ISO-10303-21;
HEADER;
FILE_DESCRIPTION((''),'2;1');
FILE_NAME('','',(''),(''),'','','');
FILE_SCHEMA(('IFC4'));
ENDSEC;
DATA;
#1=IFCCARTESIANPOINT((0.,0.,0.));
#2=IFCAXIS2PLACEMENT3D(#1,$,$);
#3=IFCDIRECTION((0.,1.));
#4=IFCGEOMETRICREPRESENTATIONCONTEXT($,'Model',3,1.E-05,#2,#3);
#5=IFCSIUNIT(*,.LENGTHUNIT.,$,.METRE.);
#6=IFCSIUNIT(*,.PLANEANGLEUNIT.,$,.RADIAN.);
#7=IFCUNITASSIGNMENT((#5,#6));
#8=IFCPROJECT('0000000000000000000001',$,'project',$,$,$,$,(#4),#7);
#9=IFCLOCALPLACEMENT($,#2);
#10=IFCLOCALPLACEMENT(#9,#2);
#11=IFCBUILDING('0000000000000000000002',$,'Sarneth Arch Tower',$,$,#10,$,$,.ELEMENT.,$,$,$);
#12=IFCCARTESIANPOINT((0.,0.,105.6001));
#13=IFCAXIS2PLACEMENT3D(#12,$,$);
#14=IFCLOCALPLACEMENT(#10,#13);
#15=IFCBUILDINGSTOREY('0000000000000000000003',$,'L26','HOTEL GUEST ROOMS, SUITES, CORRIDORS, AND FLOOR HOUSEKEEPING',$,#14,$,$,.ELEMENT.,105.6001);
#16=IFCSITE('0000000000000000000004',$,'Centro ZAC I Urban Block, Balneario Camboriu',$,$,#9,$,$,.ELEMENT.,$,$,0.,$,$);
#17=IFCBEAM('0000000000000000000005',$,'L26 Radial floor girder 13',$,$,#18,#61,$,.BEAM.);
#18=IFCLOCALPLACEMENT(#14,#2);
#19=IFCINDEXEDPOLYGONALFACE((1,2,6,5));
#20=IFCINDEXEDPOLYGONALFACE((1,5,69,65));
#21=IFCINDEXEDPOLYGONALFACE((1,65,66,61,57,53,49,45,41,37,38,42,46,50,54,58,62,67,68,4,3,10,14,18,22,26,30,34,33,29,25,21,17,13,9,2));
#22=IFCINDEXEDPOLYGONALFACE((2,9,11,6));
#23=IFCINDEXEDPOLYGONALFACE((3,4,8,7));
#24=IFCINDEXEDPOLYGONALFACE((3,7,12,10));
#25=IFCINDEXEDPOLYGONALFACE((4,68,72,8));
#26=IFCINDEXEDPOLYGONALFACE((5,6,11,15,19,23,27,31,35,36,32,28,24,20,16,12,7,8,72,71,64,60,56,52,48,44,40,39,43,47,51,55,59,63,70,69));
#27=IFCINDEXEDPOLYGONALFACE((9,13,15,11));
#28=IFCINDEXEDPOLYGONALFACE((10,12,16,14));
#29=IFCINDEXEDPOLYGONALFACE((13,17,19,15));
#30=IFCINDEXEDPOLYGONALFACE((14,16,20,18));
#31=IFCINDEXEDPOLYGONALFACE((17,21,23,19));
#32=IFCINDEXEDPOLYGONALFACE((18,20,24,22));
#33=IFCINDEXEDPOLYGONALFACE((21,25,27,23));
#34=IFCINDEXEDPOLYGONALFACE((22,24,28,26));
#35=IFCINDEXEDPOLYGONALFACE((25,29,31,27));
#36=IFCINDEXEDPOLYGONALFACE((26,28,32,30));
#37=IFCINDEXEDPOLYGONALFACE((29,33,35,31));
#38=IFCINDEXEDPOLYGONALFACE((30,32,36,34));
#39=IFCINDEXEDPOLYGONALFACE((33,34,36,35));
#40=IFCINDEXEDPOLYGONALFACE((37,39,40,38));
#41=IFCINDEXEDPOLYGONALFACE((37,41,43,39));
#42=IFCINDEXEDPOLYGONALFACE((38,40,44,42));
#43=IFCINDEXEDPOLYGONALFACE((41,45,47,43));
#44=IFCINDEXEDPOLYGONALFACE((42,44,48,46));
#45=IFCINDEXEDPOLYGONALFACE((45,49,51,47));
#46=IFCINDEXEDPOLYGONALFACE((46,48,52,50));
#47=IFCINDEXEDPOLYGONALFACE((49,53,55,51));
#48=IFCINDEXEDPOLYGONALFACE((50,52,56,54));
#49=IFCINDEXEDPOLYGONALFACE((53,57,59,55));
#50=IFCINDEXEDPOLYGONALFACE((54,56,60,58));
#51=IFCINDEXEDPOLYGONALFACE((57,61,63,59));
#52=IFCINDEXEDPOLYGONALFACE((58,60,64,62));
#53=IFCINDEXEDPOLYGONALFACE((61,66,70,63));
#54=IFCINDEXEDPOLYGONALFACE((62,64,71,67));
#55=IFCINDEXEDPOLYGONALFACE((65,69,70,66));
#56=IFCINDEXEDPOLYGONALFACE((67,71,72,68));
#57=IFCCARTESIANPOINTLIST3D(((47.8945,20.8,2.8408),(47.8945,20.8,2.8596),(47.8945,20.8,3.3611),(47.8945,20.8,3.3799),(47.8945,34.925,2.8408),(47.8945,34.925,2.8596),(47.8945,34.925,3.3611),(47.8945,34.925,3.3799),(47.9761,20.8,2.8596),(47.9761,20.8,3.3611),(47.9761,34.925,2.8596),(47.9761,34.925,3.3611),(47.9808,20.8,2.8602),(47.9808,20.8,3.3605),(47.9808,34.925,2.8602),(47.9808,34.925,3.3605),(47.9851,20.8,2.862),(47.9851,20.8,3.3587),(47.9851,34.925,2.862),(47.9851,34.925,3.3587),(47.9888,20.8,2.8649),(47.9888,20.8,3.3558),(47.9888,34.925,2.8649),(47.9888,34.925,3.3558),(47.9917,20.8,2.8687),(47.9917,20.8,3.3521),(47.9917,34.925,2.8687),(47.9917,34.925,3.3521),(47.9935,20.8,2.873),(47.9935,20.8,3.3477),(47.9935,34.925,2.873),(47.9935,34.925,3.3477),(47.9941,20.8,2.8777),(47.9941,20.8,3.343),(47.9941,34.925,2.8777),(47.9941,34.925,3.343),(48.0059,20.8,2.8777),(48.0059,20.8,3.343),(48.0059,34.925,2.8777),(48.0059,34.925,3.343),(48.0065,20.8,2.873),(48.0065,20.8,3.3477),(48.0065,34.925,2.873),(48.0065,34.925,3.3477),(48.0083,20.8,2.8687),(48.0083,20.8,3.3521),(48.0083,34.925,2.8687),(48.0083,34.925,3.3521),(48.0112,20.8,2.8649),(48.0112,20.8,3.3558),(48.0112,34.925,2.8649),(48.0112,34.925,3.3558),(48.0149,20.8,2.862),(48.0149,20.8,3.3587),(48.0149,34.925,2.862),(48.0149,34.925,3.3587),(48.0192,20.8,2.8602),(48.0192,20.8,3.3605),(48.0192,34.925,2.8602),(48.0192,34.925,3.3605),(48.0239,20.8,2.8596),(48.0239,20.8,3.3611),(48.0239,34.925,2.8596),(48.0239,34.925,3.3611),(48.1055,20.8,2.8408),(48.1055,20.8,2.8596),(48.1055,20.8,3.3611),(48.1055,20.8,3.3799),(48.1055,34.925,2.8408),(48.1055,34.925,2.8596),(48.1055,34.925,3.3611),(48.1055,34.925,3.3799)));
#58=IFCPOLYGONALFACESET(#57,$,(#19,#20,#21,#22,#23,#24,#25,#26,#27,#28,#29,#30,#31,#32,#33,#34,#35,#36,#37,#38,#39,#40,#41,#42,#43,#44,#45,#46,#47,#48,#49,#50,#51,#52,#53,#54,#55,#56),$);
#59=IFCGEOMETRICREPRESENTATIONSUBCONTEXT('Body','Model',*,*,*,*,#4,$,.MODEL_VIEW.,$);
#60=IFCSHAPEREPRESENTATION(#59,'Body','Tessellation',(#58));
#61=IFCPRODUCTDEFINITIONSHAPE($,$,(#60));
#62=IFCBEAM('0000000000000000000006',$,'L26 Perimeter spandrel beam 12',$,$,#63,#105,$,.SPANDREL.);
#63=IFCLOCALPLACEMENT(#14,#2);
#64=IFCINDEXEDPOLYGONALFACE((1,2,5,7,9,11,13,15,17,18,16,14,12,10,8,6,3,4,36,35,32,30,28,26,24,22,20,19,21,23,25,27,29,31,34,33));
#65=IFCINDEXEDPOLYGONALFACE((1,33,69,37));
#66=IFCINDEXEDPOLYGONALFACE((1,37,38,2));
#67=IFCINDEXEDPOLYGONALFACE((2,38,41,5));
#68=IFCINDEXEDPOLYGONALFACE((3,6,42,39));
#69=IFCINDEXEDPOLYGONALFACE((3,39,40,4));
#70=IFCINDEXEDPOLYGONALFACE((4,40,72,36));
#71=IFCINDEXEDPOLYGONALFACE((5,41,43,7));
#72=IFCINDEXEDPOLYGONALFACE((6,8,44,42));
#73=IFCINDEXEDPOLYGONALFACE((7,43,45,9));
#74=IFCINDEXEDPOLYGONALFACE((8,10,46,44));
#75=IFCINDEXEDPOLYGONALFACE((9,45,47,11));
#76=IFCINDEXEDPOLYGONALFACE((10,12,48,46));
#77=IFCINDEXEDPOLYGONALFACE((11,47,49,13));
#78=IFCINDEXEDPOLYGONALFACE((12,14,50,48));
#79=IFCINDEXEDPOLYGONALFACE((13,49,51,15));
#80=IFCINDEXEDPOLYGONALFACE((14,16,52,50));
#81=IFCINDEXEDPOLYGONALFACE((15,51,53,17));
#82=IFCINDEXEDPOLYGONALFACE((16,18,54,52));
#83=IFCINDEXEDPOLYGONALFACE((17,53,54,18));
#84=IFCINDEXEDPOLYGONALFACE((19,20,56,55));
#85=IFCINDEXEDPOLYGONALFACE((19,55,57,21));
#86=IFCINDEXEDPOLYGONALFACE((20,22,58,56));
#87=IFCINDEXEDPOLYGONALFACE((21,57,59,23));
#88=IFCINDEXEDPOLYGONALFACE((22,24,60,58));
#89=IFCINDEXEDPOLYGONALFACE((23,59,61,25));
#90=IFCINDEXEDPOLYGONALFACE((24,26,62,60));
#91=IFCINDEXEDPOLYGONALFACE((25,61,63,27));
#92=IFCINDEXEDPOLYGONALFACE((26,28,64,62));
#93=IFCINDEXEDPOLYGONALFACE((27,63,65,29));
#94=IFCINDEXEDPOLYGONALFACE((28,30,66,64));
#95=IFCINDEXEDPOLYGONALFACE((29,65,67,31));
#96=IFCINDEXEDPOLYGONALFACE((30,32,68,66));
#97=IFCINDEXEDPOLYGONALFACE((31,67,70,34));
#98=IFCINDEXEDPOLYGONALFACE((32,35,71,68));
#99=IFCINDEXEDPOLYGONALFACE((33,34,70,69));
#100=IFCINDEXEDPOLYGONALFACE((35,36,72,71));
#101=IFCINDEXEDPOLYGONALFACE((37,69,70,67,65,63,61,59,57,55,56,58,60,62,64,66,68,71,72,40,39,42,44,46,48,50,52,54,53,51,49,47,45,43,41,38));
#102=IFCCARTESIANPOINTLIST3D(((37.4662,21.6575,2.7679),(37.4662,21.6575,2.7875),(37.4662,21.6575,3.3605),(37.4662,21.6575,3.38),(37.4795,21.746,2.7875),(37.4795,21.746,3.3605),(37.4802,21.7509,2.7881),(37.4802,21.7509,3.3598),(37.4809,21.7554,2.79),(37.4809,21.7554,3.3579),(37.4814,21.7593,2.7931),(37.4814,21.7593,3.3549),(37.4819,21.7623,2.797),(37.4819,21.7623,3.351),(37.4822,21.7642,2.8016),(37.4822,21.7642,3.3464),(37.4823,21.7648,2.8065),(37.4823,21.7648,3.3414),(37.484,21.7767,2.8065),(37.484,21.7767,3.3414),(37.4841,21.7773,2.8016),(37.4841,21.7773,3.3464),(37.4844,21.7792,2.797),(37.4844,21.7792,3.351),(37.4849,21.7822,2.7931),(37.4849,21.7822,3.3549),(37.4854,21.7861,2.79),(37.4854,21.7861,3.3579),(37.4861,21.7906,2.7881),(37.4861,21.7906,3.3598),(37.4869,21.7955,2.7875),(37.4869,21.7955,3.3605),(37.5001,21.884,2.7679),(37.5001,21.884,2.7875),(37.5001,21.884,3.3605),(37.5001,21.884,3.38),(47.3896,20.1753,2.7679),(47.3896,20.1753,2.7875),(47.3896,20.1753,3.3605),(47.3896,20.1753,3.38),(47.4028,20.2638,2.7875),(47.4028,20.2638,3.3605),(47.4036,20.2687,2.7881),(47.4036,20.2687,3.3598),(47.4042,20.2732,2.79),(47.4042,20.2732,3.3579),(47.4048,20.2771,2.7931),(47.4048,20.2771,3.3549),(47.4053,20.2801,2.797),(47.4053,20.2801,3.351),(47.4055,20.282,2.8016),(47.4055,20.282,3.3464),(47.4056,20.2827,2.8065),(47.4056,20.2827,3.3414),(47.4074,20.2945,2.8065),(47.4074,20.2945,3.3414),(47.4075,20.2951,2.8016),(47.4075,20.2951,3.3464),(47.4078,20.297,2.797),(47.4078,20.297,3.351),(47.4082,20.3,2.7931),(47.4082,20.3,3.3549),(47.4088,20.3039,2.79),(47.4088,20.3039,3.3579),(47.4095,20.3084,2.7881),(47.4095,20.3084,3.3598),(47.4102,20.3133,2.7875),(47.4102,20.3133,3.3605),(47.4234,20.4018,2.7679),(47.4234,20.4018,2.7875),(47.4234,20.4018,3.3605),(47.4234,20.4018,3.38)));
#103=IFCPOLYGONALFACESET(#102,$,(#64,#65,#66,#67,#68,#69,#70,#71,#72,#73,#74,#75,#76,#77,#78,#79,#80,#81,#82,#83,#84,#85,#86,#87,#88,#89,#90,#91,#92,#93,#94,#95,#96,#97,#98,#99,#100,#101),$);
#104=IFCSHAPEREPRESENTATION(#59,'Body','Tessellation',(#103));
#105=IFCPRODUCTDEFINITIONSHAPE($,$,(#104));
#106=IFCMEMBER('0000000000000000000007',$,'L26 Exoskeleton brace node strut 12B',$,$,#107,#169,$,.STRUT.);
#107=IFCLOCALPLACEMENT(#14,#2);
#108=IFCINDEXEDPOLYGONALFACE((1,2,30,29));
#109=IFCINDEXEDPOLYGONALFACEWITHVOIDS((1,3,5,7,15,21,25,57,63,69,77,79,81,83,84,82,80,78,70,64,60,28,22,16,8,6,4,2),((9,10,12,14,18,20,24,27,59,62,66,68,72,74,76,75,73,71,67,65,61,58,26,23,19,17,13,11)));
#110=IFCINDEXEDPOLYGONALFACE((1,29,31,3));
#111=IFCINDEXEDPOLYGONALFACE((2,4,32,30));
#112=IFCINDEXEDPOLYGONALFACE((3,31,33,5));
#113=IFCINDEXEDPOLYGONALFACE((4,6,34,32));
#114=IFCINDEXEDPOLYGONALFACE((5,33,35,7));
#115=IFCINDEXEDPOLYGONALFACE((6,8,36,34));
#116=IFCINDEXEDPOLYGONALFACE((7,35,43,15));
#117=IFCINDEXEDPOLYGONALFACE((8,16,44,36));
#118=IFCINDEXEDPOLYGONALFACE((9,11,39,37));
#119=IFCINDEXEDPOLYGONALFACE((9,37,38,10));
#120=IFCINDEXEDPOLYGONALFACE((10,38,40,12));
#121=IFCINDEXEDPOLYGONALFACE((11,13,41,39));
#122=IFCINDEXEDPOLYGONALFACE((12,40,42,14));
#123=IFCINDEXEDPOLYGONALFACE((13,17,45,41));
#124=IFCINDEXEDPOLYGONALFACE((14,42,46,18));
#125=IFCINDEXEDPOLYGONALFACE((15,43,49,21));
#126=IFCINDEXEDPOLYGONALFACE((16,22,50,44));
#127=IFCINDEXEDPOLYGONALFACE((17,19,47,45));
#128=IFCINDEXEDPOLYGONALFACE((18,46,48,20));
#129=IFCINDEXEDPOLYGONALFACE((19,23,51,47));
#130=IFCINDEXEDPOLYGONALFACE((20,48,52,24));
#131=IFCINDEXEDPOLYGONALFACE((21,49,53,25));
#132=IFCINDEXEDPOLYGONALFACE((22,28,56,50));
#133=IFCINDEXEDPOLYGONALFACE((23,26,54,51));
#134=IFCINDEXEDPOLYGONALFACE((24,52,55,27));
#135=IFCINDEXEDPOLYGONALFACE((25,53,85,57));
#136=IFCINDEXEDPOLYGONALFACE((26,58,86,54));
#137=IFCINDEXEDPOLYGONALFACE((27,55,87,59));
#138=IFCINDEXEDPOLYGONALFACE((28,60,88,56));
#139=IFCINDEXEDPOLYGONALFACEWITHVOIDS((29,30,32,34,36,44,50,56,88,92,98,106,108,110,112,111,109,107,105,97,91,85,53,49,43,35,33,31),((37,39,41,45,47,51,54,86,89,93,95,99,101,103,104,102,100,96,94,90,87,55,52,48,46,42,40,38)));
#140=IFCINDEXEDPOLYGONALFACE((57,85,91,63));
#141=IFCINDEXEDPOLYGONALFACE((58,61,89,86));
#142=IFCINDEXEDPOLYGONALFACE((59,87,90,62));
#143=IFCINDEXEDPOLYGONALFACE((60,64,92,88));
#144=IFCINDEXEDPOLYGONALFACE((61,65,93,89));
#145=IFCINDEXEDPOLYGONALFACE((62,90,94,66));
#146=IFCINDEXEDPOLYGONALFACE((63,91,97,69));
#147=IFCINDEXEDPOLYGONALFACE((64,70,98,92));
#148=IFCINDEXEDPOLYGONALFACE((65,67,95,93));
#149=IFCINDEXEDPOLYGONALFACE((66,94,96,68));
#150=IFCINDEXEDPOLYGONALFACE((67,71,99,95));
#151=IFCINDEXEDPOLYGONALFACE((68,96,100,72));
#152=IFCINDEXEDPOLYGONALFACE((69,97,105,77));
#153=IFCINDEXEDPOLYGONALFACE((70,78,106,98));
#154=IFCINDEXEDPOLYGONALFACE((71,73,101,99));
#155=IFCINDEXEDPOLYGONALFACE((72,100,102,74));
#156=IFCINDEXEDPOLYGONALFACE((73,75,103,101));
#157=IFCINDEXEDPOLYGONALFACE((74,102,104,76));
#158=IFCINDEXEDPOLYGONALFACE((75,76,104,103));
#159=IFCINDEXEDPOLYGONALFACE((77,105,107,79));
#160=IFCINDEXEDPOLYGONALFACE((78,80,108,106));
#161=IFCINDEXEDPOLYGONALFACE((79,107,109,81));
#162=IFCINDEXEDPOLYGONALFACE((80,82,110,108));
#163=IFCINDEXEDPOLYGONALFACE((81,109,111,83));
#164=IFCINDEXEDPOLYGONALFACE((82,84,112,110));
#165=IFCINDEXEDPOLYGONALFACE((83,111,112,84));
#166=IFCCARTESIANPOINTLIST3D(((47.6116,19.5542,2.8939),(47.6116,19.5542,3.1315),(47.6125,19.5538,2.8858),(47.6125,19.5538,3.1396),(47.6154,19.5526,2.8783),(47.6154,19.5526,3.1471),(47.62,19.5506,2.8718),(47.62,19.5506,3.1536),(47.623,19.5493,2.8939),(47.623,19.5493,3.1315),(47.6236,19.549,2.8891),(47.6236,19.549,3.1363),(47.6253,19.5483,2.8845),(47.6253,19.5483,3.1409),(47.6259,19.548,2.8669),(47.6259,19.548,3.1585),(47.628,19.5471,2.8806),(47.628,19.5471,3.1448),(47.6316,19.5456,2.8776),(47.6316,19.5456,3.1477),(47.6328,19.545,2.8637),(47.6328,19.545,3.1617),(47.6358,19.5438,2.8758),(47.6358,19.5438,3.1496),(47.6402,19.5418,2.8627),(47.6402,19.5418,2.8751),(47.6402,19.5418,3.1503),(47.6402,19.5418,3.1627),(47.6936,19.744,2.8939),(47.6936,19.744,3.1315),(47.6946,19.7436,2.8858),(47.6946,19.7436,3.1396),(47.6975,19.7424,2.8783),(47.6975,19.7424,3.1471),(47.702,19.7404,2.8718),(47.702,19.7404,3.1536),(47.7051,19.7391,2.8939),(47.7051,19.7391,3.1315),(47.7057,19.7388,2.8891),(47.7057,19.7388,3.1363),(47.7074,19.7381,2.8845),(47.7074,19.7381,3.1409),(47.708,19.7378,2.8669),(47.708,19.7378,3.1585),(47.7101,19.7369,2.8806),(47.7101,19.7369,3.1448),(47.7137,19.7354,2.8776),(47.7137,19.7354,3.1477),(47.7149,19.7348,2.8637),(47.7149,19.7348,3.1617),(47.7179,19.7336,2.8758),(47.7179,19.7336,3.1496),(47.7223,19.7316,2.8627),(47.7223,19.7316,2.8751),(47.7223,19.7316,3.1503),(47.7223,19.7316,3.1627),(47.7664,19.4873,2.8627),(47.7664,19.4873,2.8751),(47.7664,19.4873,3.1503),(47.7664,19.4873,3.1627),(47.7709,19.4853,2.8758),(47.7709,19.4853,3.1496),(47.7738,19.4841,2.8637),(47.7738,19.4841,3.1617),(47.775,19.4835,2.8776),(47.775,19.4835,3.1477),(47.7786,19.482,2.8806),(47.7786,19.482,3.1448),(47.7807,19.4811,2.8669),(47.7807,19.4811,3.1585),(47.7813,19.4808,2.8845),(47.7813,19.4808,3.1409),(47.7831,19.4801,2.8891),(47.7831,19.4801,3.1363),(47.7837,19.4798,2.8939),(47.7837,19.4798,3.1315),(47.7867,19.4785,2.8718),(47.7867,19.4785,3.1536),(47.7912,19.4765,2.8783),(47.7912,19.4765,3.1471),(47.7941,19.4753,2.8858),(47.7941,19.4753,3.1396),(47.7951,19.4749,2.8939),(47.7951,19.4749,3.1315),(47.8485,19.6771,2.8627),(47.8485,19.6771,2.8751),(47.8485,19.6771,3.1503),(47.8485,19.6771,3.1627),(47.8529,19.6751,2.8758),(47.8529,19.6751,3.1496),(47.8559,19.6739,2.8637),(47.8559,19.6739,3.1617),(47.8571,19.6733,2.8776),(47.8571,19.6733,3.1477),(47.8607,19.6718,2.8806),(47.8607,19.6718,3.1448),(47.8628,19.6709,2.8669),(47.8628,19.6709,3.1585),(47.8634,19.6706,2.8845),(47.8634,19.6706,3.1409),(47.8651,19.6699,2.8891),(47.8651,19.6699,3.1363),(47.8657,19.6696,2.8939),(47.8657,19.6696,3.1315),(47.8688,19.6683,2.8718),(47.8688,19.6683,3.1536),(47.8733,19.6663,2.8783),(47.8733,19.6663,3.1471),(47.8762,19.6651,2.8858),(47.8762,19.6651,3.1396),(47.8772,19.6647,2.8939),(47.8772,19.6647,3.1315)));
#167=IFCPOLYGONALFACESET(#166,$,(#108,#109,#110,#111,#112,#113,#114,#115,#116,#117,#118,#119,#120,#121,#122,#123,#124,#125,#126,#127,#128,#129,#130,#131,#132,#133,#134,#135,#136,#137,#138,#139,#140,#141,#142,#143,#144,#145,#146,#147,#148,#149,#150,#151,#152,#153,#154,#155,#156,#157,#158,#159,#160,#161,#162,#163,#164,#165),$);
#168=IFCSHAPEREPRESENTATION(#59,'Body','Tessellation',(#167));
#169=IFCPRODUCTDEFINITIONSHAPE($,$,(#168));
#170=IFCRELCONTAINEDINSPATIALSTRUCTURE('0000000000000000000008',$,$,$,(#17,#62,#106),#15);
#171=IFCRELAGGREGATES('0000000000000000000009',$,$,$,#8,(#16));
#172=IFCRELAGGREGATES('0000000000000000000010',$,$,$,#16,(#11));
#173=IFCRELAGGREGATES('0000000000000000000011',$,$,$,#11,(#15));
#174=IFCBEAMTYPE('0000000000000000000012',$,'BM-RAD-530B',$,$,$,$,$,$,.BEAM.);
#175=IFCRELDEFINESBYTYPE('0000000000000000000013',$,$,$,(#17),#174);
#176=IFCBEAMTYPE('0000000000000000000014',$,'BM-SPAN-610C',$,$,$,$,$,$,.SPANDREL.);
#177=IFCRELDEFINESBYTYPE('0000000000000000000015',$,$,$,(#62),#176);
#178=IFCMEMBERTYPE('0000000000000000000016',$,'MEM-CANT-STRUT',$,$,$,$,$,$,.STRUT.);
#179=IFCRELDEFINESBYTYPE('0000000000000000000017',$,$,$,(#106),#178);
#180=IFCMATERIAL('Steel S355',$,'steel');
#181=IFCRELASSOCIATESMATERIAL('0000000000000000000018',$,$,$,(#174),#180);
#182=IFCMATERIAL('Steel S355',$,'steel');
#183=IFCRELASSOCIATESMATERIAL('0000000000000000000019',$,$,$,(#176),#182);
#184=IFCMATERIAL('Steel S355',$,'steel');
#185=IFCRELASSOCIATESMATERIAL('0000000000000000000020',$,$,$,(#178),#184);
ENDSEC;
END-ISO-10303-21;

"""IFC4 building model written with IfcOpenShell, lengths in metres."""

from ifc_helpers import new_model, si_unit, direction, frame, origin, origin_2d, place, context, subcontext, project, spatial, hollow_rectangle, i_section, extrude, material, material_profile, profile_set, type_object, element, save


model = new_model("IFC4")

# Units and contexts
model_context = context("Model", 3, precision=1e-05, world=origin(), true_north=direction((0.0, 1.0)))
body_context = subcontext(model_context, "Body", "Model", "MODEL_VIEW")
ifc_project = project(units=[si_unit("LENGTHUNIT", "METRE"), si_unit("PLANEANGLEUNIT", "RADIAN")], contexts=[model_context])

# Site, building, storey
site_placement = place(None, origin())
site = spatial("IfcSite", under=ifc_project, at=site_placement, Name="Centro ZAC I Urban Block, Balneario Camboriu", CompositionType="ELEMENT", RefElevation=0.0)
building_placement = place(site_placement, origin())
building = spatial("IfcBuilding", under=site, at=building_placement, Name="Sarneth Arch Tower", CompositionType="ELEMENT")
storey_placement = place(building_placement, frame((0.0, 0.0, 105.6001)))
storey = spatial("IfcBuildingStorey", under=building, at=storey_placement, Name="L26", Description="HOTEL GUEST ROOMS, SUITES, CORRIDORS, AND FLOOR HOUSEKEEPING", CompositionType="ELEMENT", Elevation=105.6001)

# Beams
ifc_material_1 = material(Name="Steel S355", Category="steel")
ifc_material_profile_1 = material_profile(ifc_material_1, i_section(OverallWidth=0.2109, OverallDepth=0.5391, WebThickness=0.0117, FlangeThickness=0.0188, FilletRadius=0.0181, at=origin_2d()), Name="W530x109")
ifc_profile_set_1 = profile_set([ifc_material_profile_1], Name="Steel S355")
beam_type_1 = type_object("IfcBeamType", Name="BM-RAD-530B", PredefinedType="BEAM", material=ifc_profile_set_1)
beam_1_placement = place(storey_placement, frame((48.0, 34.925, 3.1104), z_axis=(0.0, -1.0, 0.0), x_axis=(1.0, 0.0, 0.0)))
element("IfcBeam", 1, at=beam_1_placement, inside=storey, type_object=beam_type_1, Name="L26 Radial floor girder 13", PredefinedType="BEAM", context=body_context, shape_type="SweptSolid", body=[
    extrude(i_section(OverallWidth=0.2109, OverallDepth=0.5391, WebThickness=0.0117, FlangeThickness=0.0188, FilletRadius=0.0181, at=origin_2d()), origin(), (0.0, 0.0, 1.0), 14.125),
])
ifc_material_2 = material(Name="Steel S355", Category="steel")
ifc_material_profile_2 = material_profile(ifc_material_2, i_section(OverallWidth=0.229, OverallDepth=0.6121, WebThickness=0.012, FlangeThickness=0.0195, FilletRadius=0.019, at=origin_2d()), Name="W610x125")
ifc_profile_set_2 = profile_set([ifc_material_profile_2], Name="Steel S355")
beam_type_2 = type_object("IfcBeamType", Name="BM-SPAN-610C", PredefinedType="SPANDREL", material=ifc_profile_set_2)
beam_2_placement = place(storey_placement, frame((37.4832, 21.7708, 3.074), z_axis=(0.989029, -0.147724, 0.0), x_axis=(0.147724, 0.989029, 0.0)))
element("IfcBeam", 2, at=beam_2_placement, inside=storey, type_object=beam_type_2, Name="L26 Perimeter spandrel beam 12", PredefinedType="SPANDREL", context=body_context, shape_type="SweptSolid", body=[
    extrude(i_section(OverallWidth=0.229, OverallDepth=0.6121, WebThickness=0.012, FlangeThickness=0.0195, FilletRadius=0.019, at=origin_2d()), origin(), (0.0, 0.0, 1.0), 10.0334),
])

# Member
ifc_material_3 = material(Name="Steel S355", Category="steel")
ifc_material_profile_3 = material_profile(ifc_material_3, hollow_rectangle(XDim=0.2, YDim=0.3, WallThickness=0.0125, InnerFilletRadius=0.0188, OuterFilletRadius=0.0312, at=origin_2d()), Name="RHS300x200x12.5")
ifc_profile_set_3 = profile_set([ifc_material_profile_3], Name="Steel S355")
member_type_1 = type_object("IfcMemberType", Name="MEM-CANT-STRUT", PredefinedType="STRUT", material=ifc_profile_set_3)
member_1_placement = place(storey_placement, frame((47.7854, 19.7043, 3.0127), z_axis=(-0.396911, -0.917857, 0.0), x_axis=(0.917857, -0.396911, 0.0)))
element("IfcMember", 3, at=member_1_placement, inside=storey, type_object=member_type_1, Name="L26 Exoskeleton brace node strut 12B", PredefinedType="STRUT", context=body_context, shape_type="SweptSolid", body=[
    extrude(hollow_rectangle(XDim=0.2, YDim=0.3, WallThickness=0.0125, InnerFilletRadius=0.0188, OuterFilletRadius=0.0312, at=origin_2d()), origin(), (0.0, 0.0, 1.0), 0.2068),
])

save(model, "model.ifc")
